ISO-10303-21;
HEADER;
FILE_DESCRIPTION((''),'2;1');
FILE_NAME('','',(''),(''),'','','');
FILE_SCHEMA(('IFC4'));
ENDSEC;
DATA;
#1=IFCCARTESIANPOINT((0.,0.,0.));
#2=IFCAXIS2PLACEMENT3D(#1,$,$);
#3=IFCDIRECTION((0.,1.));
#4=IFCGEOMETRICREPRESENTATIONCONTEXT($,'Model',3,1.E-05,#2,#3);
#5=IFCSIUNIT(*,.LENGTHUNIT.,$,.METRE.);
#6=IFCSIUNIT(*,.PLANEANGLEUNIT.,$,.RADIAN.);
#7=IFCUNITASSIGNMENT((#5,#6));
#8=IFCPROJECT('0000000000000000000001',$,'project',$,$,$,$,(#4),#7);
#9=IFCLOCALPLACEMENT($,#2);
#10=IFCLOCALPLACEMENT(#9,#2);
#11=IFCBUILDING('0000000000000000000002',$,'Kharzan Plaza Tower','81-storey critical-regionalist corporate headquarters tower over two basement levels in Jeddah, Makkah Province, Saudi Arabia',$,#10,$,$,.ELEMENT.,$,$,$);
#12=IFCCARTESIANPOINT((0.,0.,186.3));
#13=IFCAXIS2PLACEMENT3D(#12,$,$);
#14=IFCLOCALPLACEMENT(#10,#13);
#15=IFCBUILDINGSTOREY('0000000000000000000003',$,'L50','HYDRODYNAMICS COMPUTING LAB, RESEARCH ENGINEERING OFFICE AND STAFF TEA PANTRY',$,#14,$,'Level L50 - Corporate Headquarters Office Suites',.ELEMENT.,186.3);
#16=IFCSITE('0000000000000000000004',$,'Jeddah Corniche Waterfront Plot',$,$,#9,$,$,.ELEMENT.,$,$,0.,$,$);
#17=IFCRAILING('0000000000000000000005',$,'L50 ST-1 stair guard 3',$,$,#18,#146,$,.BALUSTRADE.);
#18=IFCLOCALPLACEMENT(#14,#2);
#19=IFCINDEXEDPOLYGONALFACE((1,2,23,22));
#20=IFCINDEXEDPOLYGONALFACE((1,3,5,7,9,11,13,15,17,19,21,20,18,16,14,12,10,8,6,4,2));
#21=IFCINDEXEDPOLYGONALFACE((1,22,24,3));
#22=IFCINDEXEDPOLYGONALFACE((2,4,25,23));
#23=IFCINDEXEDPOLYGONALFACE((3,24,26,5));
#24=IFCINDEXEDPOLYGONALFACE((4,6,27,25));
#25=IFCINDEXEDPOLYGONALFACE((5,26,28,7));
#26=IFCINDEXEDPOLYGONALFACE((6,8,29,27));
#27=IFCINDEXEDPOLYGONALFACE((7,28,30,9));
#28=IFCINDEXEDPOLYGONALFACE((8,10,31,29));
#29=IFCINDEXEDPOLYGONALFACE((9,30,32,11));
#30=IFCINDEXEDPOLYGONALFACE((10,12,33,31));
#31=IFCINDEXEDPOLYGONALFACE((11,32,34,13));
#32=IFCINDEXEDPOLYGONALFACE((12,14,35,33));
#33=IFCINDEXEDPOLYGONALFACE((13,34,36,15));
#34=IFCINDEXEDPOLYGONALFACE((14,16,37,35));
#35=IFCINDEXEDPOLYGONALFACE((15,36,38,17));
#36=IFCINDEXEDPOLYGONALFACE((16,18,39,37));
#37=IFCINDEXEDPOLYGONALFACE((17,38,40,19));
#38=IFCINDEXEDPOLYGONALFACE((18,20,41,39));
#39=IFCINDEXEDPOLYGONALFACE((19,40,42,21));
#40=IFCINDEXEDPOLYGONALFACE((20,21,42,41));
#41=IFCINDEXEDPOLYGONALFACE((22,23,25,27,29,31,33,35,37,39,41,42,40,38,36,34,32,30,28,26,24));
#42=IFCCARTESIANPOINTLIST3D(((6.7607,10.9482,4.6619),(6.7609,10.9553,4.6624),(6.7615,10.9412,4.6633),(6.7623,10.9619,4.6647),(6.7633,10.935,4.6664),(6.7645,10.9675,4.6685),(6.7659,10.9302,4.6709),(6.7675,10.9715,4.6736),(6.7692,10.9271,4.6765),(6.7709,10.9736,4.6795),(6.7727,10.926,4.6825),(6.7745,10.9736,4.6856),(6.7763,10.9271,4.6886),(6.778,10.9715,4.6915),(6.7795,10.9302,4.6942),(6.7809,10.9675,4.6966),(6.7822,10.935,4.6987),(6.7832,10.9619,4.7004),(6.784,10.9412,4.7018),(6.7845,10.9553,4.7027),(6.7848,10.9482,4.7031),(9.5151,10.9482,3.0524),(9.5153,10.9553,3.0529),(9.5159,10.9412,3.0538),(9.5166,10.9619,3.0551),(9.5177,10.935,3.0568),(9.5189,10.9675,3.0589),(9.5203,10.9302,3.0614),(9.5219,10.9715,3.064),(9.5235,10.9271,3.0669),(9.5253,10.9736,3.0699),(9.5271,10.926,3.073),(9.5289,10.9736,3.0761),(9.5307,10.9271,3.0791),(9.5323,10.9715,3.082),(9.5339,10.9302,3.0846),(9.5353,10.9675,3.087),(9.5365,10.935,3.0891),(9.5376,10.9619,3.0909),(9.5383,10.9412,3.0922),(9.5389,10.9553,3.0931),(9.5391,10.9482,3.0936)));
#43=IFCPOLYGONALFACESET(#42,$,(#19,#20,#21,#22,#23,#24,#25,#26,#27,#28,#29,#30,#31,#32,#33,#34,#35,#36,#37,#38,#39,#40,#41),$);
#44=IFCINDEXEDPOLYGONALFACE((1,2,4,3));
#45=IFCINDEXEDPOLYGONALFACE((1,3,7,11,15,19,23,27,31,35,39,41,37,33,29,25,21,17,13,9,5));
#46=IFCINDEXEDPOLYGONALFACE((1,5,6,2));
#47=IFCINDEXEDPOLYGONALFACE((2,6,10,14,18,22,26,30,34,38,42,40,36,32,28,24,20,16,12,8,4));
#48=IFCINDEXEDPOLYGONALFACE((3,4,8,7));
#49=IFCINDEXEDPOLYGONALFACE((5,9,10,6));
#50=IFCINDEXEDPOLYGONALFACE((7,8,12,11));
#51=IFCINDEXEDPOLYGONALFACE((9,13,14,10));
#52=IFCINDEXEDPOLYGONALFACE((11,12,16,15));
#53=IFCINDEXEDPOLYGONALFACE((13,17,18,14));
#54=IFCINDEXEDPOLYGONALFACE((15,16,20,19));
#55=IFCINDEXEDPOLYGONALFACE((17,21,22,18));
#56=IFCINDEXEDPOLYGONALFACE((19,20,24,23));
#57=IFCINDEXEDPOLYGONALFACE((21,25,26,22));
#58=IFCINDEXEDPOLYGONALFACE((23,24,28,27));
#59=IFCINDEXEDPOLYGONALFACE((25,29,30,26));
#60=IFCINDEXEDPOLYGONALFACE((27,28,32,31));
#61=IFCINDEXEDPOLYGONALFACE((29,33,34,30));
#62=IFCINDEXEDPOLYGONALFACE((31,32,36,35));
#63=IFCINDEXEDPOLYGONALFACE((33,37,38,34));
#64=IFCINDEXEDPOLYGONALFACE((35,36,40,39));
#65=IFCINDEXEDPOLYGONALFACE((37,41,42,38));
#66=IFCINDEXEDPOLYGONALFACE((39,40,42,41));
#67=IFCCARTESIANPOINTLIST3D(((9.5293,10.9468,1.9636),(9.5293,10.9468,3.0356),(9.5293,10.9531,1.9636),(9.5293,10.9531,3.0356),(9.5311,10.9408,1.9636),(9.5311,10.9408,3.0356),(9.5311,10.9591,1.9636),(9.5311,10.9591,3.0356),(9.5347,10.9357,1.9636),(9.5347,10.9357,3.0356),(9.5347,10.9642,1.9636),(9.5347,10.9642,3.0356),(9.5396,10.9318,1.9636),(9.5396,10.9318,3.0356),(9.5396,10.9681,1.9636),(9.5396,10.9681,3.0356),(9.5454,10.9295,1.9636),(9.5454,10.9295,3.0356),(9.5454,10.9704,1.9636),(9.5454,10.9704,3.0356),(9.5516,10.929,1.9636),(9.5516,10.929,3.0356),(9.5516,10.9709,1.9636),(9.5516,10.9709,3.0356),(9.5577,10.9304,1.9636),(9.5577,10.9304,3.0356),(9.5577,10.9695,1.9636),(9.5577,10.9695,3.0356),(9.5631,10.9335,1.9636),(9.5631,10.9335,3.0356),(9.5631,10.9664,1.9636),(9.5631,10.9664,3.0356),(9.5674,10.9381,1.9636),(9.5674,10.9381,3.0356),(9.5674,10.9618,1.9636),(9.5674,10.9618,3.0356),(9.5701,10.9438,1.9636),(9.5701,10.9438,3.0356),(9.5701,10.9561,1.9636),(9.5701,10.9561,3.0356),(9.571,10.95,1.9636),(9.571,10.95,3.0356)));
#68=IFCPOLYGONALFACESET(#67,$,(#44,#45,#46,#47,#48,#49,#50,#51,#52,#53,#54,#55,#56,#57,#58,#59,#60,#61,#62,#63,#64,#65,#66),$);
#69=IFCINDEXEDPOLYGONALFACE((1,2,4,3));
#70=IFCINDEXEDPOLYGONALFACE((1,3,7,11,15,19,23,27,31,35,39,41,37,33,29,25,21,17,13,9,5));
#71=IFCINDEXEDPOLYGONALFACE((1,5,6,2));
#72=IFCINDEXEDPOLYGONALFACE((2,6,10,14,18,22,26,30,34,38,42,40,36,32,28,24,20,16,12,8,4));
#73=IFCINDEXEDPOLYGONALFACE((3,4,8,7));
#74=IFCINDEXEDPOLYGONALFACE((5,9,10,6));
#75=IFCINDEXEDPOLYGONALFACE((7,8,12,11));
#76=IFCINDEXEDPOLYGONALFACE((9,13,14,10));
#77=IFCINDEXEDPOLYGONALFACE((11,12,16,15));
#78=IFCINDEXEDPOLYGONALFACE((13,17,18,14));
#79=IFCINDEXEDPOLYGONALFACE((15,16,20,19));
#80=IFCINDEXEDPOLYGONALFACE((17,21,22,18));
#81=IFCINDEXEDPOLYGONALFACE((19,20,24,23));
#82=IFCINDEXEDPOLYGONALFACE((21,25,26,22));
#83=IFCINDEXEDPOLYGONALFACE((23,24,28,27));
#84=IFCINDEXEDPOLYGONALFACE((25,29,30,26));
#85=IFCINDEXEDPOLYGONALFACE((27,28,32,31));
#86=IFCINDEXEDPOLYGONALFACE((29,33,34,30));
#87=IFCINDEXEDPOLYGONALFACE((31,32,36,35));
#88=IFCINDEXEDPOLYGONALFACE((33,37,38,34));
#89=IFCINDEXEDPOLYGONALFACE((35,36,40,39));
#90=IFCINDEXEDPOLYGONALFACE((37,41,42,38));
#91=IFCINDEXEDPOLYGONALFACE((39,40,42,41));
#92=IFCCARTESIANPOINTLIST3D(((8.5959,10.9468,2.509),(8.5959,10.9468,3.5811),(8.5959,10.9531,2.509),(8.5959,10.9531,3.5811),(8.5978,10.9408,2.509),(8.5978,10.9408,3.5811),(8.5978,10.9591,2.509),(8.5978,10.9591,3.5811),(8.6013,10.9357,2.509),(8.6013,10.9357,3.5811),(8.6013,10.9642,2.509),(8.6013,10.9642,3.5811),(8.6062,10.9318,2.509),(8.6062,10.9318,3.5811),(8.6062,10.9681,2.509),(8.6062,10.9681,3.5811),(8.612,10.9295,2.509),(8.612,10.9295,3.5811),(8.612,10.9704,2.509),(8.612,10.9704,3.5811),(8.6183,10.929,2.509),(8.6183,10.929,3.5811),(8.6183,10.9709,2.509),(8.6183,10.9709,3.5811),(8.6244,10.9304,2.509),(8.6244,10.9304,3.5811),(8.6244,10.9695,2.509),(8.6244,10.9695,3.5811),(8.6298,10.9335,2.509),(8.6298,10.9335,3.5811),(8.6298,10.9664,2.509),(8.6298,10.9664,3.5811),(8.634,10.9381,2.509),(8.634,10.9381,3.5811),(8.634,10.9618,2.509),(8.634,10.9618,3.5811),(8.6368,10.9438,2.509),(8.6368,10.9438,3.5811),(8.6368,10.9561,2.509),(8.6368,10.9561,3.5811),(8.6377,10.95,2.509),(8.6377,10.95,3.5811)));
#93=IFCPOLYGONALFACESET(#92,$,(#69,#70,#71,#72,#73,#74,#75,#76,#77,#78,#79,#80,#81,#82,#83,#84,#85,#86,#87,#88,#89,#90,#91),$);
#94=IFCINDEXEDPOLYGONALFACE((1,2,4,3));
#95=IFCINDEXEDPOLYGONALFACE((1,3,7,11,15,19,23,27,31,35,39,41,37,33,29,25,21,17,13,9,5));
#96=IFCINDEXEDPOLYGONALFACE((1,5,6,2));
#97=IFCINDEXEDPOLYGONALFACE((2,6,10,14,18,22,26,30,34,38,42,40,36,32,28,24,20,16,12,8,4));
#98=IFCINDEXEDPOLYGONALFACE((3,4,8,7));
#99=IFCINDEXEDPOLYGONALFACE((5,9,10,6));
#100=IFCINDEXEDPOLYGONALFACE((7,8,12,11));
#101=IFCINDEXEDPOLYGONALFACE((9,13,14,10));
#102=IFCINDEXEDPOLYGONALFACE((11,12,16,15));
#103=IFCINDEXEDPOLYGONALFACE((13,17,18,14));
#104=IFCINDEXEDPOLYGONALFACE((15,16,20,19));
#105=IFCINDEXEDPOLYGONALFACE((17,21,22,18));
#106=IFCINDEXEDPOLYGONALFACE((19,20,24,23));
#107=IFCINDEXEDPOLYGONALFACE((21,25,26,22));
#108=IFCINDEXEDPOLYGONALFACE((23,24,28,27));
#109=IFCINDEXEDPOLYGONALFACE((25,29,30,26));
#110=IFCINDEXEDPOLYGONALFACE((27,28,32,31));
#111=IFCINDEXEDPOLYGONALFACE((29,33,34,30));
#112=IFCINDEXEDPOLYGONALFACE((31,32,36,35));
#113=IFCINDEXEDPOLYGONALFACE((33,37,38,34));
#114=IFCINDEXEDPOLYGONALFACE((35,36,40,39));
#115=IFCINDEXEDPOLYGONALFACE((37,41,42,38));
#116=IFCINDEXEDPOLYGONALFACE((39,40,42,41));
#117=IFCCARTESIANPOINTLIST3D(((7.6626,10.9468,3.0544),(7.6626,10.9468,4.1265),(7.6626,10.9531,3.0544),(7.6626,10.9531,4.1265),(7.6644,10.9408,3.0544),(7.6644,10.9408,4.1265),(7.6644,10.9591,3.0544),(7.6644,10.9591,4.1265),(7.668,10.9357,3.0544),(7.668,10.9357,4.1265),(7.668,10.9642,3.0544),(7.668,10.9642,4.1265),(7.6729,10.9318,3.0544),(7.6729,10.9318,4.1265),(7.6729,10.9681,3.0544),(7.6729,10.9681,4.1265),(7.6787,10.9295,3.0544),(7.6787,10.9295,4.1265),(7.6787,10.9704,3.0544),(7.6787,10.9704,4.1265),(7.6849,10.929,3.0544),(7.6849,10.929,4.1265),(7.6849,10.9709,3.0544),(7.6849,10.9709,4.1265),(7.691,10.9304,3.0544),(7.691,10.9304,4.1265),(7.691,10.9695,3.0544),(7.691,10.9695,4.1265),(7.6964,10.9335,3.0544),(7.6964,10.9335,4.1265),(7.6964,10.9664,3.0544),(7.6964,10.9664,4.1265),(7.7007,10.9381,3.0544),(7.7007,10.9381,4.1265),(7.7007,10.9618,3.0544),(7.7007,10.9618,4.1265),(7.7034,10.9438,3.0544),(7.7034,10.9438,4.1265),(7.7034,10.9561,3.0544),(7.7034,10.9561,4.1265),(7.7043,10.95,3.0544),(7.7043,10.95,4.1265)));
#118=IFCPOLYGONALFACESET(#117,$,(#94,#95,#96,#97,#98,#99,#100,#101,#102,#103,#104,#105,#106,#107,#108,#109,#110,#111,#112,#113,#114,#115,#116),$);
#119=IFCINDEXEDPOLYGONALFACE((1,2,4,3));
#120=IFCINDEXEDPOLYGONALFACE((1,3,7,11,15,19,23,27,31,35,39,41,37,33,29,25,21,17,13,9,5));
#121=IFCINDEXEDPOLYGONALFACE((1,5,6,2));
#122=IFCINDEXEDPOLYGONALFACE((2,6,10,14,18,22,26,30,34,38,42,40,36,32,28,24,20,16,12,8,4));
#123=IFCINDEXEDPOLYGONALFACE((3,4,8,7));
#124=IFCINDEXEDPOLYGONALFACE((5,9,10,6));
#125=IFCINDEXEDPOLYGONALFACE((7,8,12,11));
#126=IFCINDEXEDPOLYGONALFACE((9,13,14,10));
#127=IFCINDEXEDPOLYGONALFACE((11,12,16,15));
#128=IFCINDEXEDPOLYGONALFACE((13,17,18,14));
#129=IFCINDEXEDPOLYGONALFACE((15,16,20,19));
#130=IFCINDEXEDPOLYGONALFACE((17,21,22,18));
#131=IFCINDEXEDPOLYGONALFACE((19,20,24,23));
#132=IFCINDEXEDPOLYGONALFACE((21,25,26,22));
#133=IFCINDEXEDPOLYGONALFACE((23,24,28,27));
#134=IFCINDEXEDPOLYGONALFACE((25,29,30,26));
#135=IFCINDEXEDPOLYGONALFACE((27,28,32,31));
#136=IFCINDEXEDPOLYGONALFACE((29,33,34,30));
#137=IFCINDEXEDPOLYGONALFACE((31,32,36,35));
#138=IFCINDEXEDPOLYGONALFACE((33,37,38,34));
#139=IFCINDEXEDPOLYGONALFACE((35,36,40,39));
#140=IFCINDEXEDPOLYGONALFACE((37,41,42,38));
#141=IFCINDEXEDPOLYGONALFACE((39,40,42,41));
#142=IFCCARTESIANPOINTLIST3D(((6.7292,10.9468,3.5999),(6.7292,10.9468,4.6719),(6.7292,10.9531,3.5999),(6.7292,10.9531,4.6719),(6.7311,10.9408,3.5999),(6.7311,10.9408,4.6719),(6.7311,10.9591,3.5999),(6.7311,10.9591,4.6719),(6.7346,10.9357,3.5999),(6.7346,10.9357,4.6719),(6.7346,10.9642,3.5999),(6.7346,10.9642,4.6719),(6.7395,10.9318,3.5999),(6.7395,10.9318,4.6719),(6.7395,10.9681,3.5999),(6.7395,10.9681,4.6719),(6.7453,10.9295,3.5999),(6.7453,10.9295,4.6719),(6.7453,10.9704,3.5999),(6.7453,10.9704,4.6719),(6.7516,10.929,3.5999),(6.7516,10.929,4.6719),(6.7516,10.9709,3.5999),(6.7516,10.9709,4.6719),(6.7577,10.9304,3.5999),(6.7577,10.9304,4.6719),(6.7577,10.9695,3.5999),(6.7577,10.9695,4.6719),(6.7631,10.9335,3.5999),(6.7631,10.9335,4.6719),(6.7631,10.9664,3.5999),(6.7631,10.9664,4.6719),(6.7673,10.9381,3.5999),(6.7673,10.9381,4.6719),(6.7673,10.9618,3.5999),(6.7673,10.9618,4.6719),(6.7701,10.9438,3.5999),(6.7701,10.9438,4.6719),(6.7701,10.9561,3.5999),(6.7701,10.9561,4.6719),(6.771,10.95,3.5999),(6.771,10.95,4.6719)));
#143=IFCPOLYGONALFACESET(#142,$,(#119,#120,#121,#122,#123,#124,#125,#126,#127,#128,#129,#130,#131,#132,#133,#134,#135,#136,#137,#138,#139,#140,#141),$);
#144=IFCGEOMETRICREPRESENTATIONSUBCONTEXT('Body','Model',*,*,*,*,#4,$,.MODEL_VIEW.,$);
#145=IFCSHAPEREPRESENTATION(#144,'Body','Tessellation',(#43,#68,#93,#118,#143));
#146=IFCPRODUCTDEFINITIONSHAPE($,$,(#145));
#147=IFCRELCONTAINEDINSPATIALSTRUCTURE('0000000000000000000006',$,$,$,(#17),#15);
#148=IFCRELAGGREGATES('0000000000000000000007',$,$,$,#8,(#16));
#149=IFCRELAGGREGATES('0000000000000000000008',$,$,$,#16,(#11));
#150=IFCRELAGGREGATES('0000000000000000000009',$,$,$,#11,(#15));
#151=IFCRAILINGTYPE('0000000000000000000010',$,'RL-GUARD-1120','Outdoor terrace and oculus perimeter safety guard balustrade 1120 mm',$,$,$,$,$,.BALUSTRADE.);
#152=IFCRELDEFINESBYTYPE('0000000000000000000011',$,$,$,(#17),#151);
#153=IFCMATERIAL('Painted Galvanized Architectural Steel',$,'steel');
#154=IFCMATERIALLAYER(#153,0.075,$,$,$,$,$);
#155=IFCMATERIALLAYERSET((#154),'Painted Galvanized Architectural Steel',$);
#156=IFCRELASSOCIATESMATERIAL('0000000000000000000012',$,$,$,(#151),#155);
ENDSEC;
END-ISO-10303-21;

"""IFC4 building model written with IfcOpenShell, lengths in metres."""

from ifc_helpers import new_model, si_unit, direction, frame, origin, origin_2d, place, context, subcontext, project, spatial, circle, extrude, source, transform, mapped, material, layer, layer_set, type_object, element, save


model = new_model("IFC4")

# Units and contexts
model_context = context("Model", 3, precision=1e-05, world=origin(), true_north=direction((0.0, 1.0)))
body_context = subcontext(model_context, "Body", "Model", "MODEL_VIEW")
ifc_project = project(units=[si_unit("LENGTHUNIT", "METRE"), si_unit("PLANEANGLEUNIT", "RADIAN")], contexts=[model_context])

# Site, building, storey
site_placement = place(None, origin())
site = spatial("IfcSite", under=ifc_project, at=site_placement, Name="Jeddah Corniche Waterfront Plot", CompositionType="ELEMENT", RefElevation=0.0)
building_placement = place(site_placement, origin())
building = spatial("IfcBuilding", under=site, at=building_placement, Name="Kharzan Plaza Tower", Description="81-storey critical-regionalist corporate headquarters tower over two basement levels in Jeddah, Makkah Province, Saudi Arabia", CompositionType="ELEMENT")
storey_placement = place(building_placement, frame((0.0, 0.0, 186.3)))
storey = spatial("IfcBuildingStorey", under=building, at=storey_placement, Name="L50", Description="HYDRODYNAMICS COMPUTING LAB, RESEARCH ENGINEERING OFFICE AND STAFF TEA PANTRY", LongName="Level L50 - Corporate Headquarters Office Suites", CompositionType="ELEMENT", Elevation=186.3)

# Railing
ifc_material_1 = material(Name="Painted Galvanized Architectural Steel", Category="steel")
ifc_layer_1 = layer(ifc_material_1, 0.075)
ifc_layer_set_1 = layer_set([ifc_layer_1], Name="Painted Galvanized Architectural Steel")
railing_type_1 = type_object("IfcRailingType", Name="RL-GUARD-1120", Description="Outdoor terrace and oculus perimeter safety guard balustrade 1120 mm", PredefinedType="BALUSTRADE", material=ifc_layer_set_1)
shared_shape_1 = source(origin(), body_context, "Body", "SweptSolid", [
    extrude(circle(Radius=0.0239, at=origin_2d()), frame((-0.0229, 0.0, 1.1094), z_axis=(-0.863394, 0.0, 0.504531), x_axis=(0.0, -1.0, 0.0)), (0.0, 0.0, 1.0), 3.1902),
    extrude(circle(Radius=0.021, at=origin_2d()), origin(), (0.0, 0.0, 1.0), 1.072),
    extrude(circle(Radius=0.021, at=origin_2d()), frame((-0.9333, 0.0, 0.5454)), (0.0, 0.0, 1.0), 1.072),
    extrude(circle(Radius=0.021, at=origin_2d()), frame((-1.8667, 0.0, 1.0908)), (0.0, 0.0, 1.0), 1.072),
    extrude(circle(Radius=0.021, at=origin_2d()), frame((-2.8, 0.0, 1.6362)), (0.0, 0.0, 1.0), 1.072),
])
railing_1_placement = place(storey_placement, frame((9.55, 10.95, 1.9636)))
element("IfcRailing", 1, at=railing_1_placement, inside=storey, type_object=railing_type_1, Name="L50 ST-1 stair guard 3", PredefinedType="BALUSTRADE", context=body_context, shape_type="MappedRepresentation", body=[
    mapped(shared_shape_1, transform((0.0, 0.0, 0.0), x_axis=(1.0, 0.0, 0.0), y_axis=(0.0, 1.0, 0.0), z_axis=(0.0, 0.0, 1.0))),
])

save(model, "model.ifc")
